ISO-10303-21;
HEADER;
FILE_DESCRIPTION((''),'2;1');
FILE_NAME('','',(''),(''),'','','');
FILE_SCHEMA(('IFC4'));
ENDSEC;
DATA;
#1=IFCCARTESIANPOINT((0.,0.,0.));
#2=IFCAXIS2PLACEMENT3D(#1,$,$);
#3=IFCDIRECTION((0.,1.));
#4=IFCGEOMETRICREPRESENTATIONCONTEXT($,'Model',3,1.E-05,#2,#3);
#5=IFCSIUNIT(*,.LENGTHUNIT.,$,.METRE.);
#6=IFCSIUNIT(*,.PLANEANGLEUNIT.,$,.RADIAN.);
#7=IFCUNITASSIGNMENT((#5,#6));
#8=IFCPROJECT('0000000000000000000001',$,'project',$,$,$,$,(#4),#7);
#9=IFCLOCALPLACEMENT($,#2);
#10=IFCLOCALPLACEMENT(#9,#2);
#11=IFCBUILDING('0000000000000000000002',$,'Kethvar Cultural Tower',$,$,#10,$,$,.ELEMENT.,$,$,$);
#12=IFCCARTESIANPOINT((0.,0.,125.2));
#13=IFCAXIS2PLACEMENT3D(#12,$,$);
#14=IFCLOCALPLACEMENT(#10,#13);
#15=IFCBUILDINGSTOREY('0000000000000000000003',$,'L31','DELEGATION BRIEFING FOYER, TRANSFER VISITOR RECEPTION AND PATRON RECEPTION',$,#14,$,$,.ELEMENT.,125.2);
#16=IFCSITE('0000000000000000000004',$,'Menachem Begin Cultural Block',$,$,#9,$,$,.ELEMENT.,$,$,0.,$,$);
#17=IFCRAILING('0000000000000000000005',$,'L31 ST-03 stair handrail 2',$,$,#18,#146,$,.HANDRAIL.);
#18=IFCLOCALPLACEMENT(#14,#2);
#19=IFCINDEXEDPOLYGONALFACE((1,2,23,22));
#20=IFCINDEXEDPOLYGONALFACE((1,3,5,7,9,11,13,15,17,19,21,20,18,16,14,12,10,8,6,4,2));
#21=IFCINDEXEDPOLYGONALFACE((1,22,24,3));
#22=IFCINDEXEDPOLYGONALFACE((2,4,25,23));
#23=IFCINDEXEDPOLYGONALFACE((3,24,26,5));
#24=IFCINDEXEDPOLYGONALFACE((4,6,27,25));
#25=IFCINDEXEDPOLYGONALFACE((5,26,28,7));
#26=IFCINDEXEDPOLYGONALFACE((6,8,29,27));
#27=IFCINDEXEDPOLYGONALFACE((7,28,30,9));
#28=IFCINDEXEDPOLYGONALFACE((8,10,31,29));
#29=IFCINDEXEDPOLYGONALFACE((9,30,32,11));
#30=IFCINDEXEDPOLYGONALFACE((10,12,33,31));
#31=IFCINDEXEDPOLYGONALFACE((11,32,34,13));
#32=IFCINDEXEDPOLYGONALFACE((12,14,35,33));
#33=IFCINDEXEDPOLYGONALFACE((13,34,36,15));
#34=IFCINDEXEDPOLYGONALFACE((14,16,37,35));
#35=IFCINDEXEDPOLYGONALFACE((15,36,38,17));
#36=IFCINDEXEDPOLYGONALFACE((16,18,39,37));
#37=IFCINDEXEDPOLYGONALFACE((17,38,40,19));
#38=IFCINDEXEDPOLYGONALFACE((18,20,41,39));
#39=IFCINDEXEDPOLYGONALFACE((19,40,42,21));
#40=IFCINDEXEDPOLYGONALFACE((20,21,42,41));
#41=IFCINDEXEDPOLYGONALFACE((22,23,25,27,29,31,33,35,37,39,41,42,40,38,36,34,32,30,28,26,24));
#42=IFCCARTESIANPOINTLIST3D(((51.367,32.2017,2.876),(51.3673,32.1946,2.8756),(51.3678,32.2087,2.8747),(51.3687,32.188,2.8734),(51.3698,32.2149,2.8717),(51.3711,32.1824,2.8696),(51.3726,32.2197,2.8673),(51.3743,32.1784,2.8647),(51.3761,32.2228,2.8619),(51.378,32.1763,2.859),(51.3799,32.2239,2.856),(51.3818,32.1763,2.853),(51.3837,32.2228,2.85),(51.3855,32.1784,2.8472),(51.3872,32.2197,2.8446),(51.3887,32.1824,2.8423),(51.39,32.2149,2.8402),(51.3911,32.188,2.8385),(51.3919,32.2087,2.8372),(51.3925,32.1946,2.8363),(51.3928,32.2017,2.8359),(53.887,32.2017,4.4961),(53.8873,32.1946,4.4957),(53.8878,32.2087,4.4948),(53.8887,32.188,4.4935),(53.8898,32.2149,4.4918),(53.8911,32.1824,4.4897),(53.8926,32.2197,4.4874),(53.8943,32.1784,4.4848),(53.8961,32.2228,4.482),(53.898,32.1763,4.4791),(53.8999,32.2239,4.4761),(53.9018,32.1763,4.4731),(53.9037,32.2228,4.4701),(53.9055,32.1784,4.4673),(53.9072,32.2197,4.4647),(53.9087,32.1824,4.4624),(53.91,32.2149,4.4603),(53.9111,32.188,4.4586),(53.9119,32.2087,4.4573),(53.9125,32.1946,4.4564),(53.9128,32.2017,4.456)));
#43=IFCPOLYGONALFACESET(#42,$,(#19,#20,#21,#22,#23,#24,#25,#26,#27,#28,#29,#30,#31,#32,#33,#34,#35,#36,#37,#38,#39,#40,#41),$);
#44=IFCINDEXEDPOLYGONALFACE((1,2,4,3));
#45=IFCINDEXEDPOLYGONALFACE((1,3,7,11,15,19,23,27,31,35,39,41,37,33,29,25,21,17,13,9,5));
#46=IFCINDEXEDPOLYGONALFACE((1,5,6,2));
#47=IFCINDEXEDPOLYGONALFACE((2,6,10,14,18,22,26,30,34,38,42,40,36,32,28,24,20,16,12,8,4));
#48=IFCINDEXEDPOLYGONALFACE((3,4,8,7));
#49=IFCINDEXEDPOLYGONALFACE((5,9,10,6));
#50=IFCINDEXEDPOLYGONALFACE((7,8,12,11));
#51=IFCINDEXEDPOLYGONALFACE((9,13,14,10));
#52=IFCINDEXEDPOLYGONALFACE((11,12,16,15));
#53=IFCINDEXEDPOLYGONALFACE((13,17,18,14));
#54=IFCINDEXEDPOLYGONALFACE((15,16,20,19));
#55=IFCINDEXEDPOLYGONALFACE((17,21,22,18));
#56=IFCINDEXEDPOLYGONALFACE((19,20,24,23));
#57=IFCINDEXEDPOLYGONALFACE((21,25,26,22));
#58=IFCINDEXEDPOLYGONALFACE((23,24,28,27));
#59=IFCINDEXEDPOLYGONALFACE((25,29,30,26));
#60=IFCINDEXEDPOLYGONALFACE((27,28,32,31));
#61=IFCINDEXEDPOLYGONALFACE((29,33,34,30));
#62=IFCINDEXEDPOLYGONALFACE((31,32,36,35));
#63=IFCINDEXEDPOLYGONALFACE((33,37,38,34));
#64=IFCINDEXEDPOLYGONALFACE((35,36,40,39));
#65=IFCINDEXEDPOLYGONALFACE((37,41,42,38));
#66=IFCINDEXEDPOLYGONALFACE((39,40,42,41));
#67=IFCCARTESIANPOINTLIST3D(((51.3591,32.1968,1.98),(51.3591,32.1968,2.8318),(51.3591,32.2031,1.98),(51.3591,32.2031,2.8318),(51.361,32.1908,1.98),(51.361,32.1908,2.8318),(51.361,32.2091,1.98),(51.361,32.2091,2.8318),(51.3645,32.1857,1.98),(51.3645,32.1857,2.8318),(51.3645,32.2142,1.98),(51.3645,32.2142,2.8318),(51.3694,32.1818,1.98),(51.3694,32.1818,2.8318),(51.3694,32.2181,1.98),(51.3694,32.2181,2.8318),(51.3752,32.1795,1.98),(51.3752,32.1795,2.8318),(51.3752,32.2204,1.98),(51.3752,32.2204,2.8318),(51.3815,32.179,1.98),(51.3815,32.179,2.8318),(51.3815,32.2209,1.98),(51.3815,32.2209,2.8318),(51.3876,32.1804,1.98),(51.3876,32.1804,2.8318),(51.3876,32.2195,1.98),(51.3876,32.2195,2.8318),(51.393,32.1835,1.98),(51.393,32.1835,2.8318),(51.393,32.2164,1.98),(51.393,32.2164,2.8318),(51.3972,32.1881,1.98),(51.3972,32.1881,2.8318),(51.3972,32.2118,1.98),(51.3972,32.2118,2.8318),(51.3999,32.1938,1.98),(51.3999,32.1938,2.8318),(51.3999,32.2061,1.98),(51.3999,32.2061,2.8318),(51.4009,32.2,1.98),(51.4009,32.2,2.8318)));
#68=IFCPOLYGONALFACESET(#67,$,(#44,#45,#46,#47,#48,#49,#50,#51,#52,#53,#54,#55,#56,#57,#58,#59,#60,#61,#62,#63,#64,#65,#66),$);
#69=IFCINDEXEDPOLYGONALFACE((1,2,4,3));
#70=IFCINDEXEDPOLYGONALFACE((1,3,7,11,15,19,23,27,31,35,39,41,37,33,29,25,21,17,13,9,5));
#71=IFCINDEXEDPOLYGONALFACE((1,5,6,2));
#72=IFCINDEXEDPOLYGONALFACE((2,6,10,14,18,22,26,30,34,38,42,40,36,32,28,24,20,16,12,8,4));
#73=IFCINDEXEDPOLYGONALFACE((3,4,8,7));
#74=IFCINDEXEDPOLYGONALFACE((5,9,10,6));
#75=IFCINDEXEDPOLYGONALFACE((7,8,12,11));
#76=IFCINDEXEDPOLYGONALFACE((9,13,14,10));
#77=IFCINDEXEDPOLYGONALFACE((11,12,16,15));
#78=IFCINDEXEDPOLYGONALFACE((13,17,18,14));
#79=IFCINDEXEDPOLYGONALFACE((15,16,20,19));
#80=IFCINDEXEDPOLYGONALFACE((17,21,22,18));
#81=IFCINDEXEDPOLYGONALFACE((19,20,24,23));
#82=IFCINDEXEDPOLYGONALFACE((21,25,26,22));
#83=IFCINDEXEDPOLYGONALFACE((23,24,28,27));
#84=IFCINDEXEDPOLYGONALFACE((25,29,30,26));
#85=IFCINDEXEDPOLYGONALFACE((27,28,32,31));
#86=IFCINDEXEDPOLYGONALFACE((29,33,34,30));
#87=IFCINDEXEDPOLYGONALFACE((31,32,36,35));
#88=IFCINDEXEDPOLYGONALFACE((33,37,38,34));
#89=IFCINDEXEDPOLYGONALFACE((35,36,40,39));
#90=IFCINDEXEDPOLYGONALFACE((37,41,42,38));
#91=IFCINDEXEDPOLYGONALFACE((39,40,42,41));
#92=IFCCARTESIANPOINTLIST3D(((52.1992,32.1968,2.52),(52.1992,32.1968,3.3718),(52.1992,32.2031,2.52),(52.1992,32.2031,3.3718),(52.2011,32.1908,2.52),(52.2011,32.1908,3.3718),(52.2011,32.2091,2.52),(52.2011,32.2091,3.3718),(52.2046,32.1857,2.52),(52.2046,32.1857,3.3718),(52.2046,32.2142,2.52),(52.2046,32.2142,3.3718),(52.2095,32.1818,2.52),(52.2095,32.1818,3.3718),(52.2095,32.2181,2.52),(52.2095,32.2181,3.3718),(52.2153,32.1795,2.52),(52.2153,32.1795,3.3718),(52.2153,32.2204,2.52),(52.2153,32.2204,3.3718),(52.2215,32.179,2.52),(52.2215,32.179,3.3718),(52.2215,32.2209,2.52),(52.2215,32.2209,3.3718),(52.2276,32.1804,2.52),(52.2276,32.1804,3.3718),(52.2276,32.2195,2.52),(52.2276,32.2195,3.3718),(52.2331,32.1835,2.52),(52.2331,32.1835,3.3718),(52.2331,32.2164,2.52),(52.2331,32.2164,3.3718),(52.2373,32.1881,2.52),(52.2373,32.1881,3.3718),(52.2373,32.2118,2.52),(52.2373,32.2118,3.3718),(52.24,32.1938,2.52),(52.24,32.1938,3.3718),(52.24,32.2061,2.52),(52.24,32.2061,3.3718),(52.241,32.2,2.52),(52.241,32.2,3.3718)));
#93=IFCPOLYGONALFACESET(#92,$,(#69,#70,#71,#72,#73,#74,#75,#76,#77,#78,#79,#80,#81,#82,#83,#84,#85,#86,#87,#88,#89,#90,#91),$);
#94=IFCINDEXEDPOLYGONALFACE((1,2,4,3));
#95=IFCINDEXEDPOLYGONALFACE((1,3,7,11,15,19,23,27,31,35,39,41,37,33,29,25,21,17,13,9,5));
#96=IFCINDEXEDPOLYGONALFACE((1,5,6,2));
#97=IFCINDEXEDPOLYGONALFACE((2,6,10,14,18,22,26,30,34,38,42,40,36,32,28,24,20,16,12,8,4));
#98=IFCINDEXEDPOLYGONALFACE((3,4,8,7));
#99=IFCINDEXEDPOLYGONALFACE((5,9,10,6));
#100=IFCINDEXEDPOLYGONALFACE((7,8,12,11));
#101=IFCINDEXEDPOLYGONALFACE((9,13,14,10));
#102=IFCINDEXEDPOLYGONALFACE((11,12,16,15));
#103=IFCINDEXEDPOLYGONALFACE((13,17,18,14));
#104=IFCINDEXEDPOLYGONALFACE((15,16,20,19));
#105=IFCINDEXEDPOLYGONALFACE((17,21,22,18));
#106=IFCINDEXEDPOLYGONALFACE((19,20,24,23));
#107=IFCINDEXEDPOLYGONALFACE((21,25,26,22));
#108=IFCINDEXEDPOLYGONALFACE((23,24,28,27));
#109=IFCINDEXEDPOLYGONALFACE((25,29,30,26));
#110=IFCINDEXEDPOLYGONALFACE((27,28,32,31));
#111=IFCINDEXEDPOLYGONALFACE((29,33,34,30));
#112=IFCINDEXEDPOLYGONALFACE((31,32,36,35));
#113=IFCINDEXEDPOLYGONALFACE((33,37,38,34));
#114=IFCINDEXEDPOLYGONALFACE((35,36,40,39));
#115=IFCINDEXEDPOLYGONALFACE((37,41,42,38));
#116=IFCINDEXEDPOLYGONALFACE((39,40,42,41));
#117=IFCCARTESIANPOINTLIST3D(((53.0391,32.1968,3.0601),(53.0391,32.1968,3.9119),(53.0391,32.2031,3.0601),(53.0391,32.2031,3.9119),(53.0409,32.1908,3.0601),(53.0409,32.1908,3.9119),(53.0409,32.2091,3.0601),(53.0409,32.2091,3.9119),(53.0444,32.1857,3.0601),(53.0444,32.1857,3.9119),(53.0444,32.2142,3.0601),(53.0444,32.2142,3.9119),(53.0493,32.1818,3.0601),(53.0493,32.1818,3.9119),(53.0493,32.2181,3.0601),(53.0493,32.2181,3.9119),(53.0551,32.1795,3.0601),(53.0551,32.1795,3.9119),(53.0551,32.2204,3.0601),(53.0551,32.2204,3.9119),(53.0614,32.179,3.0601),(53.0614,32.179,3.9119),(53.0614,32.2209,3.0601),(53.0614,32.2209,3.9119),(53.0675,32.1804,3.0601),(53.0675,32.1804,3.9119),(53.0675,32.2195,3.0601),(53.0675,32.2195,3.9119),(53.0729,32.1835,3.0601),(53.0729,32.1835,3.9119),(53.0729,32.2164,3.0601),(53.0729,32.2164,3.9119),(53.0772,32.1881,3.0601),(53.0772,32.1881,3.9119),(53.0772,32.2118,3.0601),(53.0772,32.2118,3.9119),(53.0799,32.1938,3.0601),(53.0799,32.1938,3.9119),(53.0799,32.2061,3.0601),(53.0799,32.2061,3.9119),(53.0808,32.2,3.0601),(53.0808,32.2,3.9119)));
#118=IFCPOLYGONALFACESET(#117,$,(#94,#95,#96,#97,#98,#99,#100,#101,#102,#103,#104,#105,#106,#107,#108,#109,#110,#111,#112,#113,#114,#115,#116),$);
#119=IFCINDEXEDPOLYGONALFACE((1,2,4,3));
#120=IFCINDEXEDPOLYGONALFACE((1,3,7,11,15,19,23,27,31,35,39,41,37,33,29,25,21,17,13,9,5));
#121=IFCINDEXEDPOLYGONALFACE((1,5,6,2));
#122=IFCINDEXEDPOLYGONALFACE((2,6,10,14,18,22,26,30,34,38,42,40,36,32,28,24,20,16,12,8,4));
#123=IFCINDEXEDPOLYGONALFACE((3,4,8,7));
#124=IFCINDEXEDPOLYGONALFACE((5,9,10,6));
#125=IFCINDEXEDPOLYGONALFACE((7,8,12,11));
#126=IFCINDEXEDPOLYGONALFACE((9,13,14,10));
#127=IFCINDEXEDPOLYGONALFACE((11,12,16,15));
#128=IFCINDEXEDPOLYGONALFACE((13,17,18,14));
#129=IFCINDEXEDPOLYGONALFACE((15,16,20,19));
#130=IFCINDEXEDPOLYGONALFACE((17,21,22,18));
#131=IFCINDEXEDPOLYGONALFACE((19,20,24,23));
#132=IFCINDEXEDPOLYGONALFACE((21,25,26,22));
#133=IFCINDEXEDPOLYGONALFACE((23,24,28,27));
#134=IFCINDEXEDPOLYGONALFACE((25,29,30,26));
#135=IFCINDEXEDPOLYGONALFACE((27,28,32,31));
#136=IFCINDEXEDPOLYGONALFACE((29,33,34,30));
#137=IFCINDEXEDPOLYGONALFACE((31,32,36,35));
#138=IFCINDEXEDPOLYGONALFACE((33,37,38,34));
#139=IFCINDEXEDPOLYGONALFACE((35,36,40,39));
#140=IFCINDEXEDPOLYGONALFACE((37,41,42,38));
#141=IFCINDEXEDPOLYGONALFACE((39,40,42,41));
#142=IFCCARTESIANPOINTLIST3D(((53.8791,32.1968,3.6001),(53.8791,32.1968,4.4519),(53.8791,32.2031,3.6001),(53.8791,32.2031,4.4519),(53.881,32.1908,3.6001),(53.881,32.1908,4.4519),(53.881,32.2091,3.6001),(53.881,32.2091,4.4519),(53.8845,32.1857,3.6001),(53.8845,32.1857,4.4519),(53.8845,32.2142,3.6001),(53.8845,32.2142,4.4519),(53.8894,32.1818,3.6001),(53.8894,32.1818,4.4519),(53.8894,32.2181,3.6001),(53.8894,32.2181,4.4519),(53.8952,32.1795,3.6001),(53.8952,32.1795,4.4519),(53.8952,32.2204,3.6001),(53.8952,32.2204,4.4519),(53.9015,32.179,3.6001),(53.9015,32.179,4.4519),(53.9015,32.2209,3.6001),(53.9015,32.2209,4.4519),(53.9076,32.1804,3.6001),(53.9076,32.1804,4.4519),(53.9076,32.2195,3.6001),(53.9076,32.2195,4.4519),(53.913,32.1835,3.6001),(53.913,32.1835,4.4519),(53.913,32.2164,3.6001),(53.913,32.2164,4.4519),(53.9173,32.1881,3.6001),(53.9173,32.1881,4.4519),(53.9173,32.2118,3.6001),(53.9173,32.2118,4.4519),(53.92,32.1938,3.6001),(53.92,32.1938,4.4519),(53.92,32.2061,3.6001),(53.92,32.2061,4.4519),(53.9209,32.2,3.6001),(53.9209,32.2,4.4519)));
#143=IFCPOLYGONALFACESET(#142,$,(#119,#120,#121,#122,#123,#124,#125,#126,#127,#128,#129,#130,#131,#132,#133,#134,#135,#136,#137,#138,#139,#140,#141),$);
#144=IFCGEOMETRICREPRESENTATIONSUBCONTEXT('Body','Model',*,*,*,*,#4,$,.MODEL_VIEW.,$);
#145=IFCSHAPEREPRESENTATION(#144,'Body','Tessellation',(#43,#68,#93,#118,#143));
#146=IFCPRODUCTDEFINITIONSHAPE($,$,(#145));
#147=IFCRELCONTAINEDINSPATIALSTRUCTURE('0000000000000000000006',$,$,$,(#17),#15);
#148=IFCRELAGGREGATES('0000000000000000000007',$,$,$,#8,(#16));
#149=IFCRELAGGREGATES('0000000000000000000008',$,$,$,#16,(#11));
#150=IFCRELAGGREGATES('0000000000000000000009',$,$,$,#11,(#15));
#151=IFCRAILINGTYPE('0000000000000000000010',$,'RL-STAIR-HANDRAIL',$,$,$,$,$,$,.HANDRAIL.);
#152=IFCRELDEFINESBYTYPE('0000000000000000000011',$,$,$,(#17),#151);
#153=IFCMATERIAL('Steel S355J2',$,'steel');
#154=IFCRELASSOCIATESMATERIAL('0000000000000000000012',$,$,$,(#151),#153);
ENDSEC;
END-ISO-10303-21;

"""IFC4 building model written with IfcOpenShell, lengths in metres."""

from ifc_helpers import new_model, si_unit, direction, frame, origin, origin_2d, place, context, subcontext, project, spatial, circle, extrude, material, type_object, element, save


model = new_model("IFC4")

# Units and contexts
model_context = context("Model", 3, precision=1e-05, world=origin(), true_north=direction((0.0, 1.0)))
body_context = subcontext(model_context, "Body", "Model", "MODEL_VIEW")
ifc_project = project(units=[si_unit("LENGTHUNIT", "METRE"), si_unit("PLANEANGLEUNIT", "RADIAN")], contexts=[model_context])

# Site, building, storey
site_placement = place(None, origin())
site = spatial("IfcSite", under=ifc_project, at=site_placement, Name="Menachem Begin Cultural Block", CompositionType="ELEMENT", RefElevation=0.0)
building_placement = place(site_placement, origin())
building = spatial("IfcBuilding", under=site, at=building_placement, Name="Kethvar Cultural Tower", CompositionType="ELEMENT")
storey_placement = place(building_placement, frame((0.0, 0.0, 125.2)))
storey = spatial("IfcBuildingStorey", under=building, at=storey_placement, Name="L31", Description="DELEGATION BRIEFING FOYER, TRANSFER VISITOR RECEPTION AND PATRON RECEPTION", CompositionType="ELEMENT", Elevation=125.2)

# Shared definitions
ifc_material_1 = material(Name="Steel S355J2", Category="steel")

# Railing
railing_type_1 = type_object("IfcRailingType", Name="RL-STAIR-HANDRAIL", PredefinedType="HANDRAIL", material=ifc_material_1)
railing_1_placement = place(storey_placement, frame((51.3799, 32.2, 1.98)))
element("IfcRailing", 1, at=railing_1_placement, inside=storey, type_object=railing_type_1, Name="L31 ST-03 stair handrail 2", PredefinedType="HANDRAIL", context=body_context, shape_type="SweptSolid", body=[
    extrude(circle(Radius=0.0239, at=origin_2d()), frame((0.0, 0.0, 0.876), z_axis=(0.841163, 0.0, 0.540782), x_axis=(0.0, 1.0, 0.0)), (0.0, 0.0, 1.0), 2.9958),
    extrude(circle(Radius=0.021, at=origin_2d()), origin(), (0.0, 0.0, 1.0), 0.8518),
    extrude(circle(Radius=0.021, at=origin_2d()), frame((0.8401, 0.0, 0.54)), (0.0, 0.0, 1.0), 0.8518),
    extrude(circle(Radius=0.021, at=origin_2d()), frame((1.6799, 0.0, 1.0801)), (0.0, 0.0, 1.0), 0.8518),
    extrude(circle(Radius=0.021, at=origin_2d()), frame((2.52, 0.0, 1.6201)), (0.0, 0.0, 1.0), 0.8518),
])

save(model, "model.ifc")
